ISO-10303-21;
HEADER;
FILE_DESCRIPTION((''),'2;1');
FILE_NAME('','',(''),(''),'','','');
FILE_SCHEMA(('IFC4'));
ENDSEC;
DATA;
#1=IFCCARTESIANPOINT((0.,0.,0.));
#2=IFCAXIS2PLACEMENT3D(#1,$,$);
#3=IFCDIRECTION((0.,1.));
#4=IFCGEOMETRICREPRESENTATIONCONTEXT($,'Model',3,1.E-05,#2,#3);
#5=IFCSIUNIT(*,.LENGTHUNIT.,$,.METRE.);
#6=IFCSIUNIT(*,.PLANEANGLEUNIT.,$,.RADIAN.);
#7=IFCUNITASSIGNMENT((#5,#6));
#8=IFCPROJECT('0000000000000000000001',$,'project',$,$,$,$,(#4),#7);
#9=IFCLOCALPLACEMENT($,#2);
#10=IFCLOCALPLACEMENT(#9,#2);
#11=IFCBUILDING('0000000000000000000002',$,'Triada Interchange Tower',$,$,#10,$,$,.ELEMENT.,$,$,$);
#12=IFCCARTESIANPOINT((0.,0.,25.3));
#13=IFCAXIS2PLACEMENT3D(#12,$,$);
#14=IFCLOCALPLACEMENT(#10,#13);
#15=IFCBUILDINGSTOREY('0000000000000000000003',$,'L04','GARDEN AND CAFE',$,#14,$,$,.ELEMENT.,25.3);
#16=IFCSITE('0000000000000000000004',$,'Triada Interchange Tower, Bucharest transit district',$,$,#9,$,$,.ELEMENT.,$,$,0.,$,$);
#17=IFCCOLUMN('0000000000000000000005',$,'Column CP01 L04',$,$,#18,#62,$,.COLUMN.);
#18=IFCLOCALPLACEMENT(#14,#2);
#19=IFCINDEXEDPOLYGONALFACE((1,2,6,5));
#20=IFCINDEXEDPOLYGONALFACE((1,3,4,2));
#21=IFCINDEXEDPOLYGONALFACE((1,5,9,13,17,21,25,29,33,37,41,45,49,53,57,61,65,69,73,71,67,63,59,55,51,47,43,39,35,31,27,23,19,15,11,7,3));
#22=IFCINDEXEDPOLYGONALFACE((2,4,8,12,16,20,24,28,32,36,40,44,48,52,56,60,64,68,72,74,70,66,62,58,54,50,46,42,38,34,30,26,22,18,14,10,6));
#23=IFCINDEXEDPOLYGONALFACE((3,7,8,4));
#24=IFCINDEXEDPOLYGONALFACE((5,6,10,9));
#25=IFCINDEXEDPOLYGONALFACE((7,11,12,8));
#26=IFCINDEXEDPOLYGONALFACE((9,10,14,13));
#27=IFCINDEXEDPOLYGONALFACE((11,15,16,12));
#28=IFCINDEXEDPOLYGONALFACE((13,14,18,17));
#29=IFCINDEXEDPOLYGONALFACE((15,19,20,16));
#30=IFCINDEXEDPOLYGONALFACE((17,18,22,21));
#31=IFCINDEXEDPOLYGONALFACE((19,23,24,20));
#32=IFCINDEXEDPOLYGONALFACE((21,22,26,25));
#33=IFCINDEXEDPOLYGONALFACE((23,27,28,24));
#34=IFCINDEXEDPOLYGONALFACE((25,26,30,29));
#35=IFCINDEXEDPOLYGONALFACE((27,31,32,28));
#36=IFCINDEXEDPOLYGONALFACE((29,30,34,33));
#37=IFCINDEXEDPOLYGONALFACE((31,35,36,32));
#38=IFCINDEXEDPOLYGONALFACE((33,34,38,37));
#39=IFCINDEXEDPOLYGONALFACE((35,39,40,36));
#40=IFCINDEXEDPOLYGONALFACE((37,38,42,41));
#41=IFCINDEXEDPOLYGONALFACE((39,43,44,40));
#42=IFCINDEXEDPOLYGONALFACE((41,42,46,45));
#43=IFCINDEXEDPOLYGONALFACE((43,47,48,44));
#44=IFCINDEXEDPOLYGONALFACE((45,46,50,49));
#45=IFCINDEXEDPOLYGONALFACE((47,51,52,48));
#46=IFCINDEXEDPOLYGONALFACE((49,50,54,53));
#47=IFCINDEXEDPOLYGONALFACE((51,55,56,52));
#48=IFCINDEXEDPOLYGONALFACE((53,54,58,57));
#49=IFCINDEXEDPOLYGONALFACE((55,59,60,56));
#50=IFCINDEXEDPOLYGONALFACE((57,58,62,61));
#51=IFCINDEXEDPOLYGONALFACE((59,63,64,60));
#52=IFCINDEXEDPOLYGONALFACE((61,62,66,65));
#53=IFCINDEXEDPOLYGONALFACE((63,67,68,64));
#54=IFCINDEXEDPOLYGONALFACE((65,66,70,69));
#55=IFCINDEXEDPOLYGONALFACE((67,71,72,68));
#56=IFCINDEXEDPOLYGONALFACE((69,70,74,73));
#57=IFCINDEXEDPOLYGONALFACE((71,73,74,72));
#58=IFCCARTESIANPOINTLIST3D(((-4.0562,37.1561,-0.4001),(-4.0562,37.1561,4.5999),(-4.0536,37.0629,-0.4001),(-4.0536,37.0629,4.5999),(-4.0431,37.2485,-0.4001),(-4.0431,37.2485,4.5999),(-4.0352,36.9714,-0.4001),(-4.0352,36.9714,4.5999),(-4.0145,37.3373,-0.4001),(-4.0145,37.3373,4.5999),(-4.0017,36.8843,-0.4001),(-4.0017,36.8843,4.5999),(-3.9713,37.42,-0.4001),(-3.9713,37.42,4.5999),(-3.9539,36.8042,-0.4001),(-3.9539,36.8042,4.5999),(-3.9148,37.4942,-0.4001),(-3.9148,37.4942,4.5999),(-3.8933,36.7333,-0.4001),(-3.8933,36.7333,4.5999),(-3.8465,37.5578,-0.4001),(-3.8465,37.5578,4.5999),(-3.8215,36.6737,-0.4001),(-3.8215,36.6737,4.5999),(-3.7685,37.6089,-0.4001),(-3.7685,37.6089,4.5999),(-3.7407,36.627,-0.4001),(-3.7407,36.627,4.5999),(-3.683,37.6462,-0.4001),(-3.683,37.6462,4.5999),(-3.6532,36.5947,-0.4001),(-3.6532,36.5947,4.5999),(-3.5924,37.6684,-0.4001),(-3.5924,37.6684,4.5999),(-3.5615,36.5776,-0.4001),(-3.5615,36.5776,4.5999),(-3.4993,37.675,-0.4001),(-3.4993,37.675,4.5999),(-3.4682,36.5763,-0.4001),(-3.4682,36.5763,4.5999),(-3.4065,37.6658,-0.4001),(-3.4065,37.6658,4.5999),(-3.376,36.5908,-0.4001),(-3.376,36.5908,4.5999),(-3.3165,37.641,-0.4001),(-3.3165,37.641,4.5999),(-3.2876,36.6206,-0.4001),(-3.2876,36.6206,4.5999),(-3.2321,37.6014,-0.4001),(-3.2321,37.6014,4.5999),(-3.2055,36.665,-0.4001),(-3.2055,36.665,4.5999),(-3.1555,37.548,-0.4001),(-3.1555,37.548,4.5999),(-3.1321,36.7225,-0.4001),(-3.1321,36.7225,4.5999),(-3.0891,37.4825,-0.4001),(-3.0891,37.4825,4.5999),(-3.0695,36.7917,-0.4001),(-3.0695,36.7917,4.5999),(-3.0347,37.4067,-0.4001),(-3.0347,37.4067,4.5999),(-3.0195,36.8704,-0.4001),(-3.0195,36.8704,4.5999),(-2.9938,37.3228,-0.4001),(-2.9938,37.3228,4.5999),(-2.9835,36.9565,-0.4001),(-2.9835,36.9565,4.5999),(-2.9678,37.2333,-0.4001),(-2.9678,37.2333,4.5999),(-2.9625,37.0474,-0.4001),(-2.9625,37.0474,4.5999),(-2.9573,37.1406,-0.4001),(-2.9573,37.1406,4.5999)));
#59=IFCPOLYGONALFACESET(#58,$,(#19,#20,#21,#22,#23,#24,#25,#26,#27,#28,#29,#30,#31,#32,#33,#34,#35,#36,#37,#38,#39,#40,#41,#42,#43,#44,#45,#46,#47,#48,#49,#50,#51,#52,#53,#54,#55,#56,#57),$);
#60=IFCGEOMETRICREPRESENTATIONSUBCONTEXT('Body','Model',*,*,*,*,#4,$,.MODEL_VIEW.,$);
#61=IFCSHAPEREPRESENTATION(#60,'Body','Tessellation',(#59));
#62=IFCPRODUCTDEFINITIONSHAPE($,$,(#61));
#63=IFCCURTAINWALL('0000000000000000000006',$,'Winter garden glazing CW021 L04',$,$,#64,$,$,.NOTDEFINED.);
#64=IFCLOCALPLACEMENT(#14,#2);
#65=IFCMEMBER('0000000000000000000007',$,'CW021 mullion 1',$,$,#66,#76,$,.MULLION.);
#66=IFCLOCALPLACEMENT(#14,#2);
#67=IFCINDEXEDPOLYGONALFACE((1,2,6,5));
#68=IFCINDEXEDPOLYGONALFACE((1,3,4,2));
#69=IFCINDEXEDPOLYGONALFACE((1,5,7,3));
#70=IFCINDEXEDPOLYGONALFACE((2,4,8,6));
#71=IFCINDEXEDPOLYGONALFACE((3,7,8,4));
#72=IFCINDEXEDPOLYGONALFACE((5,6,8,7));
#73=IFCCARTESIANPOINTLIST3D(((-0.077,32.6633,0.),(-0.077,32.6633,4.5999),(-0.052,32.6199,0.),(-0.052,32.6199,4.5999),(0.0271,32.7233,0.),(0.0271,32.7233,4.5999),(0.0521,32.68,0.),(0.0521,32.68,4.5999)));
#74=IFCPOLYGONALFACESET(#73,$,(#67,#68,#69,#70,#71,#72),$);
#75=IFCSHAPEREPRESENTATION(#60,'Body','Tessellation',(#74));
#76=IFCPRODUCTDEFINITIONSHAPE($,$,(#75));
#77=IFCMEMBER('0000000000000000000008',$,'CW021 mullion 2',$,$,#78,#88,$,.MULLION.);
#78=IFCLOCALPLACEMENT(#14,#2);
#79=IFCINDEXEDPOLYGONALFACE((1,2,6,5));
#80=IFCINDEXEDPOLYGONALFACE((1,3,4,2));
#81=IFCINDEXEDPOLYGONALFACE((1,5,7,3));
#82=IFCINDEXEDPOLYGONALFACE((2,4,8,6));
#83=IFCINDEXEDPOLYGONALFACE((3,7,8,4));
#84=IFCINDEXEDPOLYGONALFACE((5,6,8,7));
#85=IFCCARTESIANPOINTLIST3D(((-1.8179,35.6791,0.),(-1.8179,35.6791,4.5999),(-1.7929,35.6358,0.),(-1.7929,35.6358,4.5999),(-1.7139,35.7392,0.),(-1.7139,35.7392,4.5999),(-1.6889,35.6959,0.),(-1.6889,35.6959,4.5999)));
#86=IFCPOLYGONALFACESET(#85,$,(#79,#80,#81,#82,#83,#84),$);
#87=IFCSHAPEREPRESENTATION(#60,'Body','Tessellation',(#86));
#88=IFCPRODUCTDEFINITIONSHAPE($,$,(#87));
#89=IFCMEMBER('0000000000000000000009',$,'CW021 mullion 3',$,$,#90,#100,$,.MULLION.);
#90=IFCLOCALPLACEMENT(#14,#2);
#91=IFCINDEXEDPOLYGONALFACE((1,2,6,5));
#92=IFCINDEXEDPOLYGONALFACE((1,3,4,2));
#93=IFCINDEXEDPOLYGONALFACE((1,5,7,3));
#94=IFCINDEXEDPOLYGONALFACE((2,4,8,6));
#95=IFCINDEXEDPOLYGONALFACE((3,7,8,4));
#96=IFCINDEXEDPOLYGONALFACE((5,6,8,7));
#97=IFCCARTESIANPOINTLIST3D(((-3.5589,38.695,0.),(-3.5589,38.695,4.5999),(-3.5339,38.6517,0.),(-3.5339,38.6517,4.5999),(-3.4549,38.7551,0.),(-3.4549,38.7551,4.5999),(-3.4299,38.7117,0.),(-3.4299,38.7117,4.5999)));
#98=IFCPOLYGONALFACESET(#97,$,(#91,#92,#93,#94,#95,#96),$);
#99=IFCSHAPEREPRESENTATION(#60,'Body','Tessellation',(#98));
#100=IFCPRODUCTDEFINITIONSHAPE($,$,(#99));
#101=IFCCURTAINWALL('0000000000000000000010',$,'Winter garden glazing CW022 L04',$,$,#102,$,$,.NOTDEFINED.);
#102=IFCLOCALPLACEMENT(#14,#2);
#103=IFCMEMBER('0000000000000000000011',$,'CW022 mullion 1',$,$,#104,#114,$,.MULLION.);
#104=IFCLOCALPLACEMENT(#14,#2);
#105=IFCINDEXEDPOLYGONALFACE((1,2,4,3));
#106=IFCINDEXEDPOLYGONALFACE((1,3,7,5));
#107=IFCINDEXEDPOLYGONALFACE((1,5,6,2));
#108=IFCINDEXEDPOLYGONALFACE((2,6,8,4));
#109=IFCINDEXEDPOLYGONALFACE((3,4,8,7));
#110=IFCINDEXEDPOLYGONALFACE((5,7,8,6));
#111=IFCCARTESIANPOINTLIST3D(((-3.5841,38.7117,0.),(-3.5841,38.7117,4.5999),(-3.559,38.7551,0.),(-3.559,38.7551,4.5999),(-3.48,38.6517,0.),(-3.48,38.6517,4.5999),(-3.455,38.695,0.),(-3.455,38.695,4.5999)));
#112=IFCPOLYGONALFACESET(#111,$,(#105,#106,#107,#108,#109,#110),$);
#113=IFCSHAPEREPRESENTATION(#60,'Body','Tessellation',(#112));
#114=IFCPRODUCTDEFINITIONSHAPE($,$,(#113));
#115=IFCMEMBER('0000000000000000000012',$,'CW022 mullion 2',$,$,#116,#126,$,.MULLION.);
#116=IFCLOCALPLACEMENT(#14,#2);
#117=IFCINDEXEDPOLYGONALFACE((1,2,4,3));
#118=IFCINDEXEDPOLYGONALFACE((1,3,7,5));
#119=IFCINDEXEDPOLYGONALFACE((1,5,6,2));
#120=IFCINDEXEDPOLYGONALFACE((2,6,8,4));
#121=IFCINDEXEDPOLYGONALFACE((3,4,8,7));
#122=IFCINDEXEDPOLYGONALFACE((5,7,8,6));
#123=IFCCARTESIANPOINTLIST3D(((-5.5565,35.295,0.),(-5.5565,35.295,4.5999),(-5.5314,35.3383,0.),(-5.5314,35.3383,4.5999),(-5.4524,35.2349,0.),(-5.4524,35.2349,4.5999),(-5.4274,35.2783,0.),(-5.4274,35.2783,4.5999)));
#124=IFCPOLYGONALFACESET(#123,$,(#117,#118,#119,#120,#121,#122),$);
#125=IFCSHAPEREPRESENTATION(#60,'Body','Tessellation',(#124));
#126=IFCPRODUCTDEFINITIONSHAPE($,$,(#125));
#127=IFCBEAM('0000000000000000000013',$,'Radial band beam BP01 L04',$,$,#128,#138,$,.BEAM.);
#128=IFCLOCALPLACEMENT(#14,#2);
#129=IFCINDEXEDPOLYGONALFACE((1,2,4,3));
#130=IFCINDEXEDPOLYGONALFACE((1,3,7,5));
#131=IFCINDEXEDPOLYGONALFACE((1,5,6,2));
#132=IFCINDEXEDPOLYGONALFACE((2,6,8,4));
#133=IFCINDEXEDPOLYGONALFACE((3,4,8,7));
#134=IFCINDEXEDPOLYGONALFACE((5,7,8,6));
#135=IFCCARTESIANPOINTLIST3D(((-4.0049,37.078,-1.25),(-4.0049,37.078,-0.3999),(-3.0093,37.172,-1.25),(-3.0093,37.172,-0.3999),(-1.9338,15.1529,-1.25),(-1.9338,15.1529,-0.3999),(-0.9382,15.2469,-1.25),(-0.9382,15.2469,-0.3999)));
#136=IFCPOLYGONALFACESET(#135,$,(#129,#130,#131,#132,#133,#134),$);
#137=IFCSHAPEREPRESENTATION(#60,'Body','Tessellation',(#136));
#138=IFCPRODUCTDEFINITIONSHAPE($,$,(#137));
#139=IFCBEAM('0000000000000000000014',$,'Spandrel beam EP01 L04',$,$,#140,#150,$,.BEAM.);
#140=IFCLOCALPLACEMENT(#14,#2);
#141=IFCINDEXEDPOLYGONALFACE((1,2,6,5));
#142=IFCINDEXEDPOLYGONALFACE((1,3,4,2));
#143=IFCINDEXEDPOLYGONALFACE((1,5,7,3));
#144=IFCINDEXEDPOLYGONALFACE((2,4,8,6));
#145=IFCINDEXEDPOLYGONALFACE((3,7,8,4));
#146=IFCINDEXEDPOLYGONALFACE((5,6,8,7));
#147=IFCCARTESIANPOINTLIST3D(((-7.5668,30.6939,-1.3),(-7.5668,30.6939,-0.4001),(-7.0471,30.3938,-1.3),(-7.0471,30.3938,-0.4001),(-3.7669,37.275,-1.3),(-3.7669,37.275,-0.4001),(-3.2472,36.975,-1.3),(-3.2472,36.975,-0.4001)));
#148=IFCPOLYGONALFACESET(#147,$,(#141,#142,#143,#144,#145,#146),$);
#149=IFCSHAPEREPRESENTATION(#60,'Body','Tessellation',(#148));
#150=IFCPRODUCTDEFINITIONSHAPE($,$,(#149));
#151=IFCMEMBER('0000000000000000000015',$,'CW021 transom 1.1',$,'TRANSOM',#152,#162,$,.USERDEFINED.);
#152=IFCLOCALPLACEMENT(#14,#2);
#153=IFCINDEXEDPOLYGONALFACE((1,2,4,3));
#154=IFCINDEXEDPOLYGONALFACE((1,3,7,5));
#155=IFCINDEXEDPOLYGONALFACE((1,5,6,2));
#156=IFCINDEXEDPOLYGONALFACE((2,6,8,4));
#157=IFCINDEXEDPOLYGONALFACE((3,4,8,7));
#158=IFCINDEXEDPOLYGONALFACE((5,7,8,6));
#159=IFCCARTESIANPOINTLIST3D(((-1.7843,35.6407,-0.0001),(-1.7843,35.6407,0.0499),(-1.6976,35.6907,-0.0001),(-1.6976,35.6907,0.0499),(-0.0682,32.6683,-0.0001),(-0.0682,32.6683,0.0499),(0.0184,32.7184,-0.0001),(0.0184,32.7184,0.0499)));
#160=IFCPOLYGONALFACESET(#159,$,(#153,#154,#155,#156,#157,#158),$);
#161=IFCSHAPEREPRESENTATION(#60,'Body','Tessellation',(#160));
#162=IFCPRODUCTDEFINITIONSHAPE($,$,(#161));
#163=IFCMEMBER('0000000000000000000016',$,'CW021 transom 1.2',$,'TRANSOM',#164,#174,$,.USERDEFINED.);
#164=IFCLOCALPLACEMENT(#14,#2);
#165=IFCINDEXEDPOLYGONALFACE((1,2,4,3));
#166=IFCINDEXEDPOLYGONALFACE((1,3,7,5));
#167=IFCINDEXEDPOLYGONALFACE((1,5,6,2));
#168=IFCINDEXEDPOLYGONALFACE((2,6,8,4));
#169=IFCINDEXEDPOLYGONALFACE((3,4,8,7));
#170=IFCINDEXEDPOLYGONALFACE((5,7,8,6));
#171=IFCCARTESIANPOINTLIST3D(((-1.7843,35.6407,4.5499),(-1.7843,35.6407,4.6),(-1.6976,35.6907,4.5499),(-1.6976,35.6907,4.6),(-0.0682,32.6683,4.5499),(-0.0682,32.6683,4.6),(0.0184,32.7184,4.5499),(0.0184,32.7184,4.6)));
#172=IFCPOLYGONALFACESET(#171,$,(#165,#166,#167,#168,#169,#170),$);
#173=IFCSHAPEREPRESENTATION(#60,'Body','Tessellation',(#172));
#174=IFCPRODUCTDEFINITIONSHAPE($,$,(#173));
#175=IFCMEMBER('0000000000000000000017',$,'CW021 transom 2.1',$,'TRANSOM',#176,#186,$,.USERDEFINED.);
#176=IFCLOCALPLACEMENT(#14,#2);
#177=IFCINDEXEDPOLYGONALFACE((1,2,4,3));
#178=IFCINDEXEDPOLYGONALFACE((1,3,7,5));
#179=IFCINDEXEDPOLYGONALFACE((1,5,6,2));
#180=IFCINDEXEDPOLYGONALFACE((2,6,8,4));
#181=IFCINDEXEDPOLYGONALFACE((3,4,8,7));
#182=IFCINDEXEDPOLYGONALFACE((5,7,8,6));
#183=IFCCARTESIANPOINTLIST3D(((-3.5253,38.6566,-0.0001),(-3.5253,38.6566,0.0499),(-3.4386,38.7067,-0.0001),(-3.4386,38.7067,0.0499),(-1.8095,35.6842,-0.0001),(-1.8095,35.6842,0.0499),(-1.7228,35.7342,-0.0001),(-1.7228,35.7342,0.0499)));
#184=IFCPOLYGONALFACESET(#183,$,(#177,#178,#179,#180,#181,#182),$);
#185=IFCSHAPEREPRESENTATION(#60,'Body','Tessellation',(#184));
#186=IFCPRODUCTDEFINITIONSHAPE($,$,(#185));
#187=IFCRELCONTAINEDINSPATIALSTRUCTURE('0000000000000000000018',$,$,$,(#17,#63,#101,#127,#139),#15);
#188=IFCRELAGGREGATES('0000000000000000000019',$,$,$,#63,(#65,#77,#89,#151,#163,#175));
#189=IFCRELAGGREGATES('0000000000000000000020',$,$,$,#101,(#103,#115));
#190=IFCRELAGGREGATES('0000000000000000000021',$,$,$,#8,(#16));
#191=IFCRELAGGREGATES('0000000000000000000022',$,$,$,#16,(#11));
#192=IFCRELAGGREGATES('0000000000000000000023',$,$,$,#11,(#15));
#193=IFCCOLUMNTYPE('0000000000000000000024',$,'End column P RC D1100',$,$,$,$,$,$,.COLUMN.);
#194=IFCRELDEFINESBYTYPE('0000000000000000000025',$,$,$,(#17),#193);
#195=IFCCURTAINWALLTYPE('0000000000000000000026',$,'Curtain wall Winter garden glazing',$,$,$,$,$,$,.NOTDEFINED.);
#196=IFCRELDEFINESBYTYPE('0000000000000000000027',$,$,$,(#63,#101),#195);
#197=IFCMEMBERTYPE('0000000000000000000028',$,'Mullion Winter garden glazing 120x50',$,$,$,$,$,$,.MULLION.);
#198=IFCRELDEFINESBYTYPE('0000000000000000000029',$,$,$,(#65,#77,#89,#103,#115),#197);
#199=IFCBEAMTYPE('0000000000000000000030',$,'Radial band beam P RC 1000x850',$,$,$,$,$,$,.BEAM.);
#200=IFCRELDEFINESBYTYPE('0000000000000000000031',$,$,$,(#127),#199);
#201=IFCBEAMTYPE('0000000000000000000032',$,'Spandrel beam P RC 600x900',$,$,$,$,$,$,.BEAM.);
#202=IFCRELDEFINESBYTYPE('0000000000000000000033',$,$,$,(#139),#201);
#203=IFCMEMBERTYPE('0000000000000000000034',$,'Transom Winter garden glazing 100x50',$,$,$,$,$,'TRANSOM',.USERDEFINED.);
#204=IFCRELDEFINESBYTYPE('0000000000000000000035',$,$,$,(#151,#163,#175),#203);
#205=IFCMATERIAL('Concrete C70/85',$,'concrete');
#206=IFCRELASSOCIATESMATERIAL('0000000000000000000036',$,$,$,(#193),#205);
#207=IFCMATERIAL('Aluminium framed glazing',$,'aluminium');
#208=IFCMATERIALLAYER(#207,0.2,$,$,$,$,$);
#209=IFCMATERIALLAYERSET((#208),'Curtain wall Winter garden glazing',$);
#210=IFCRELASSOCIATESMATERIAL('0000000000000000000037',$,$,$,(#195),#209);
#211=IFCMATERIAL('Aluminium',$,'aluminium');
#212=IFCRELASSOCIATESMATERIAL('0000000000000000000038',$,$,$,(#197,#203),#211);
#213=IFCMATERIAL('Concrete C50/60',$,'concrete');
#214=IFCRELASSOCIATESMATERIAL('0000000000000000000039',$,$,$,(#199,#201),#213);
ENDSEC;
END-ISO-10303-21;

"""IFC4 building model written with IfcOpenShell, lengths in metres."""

from ifc_helpers import new_model, si_unit, direction, frame, origin, origin_2d, place, context, subcontext, project, spatial, rectangle, circle, extrude, material, layer, layer_set, material_profile, profile_set, type_object, element, aggregate, save


model = new_model("IFC4")

# Units and contexts
model_context = context("Model", 3, precision=1e-05, world=origin(), true_north=direction((0.0, 1.0)))
body_context = subcontext(model_context, "Body", "Model", "MODEL_VIEW")
ifc_project = project(units=[si_unit("LENGTHUNIT", "METRE"), si_unit("PLANEANGLEUNIT", "RADIAN")], contexts=[model_context])

# Site, building, storey
site_placement = place(None, origin())
site = spatial("IfcSite", under=ifc_project, at=site_placement, Name="Triada Interchange Tower, Bucharest transit district", CompositionType="ELEMENT", RefElevation=0.0)
building_placement = place(site_placement, origin())
building = spatial("IfcBuilding", under=site, at=building_placement, Name="Triada Interchange Tower", CompositionType="ELEMENT")
storey_placement = place(building_placement, frame((0.0, 0.0, 25.3)))
storey = spatial("IfcBuildingStorey", under=building, at=storey_placement, Name="L04", Description="GARDEN AND CAFE", CompositionType="ELEMENT", Elevation=25.3)

# Column
ifc_material_1 = material(Name="Concrete C70/85", Category="concrete")
ifc_material_profile_1 = material_profile(ifc_material_1, circle(Radius=0.55, at=origin_2d()), Name="RC D1100")
ifc_profile_set_1 = profile_set([ifc_material_profile_1], Name="Concrete C70/85")
column_type = type_object("IfcColumnType", Name="End column P RC D1100", PredefinedType="COLUMN", material=ifc_profile_set_1)
column_placement = place(storey_placement, frame((-3.5071, 37.125, -0.4001), z_axis=(0.0, 0.0, 1.0), x_axis=(0.5, 0.866025, 0.0)))
element("IfcColumn", 1, at=column_placement, inside=storey, type_object=column_type, Name="Column CP01 L04", PredefinedType="COLUMN", context=body_context, shape_type="SweptSolid", body=[
    extrude(circle(Radius=0.55, at=origin_2d()), origin(), (0.0, 0.0, 1.0), 5.0),
])

# Curtain walls, members
ifc_material_2 = material(Name="Aluminium framed glazing", Category="aluminium")
ifc_layer_1 = layer(ifc_material_2, 0.2)
ifc_layer_set_1 = layer_set([ifc_layer_1], Name="Curtain wall Winter garden glazing")
curtain_wall_type = type_object("IfcCurtainWallType", Name="Curtain wall Winter garden glazing", PredefinedType="NOTDEFINED", material=ifc_layer_set_1)
curtain_wall_1_placement = place(storey_placement, origin())
curtain_wall_1 = element("IfcCurtainWall", 2, at=curtain_wall_1_placement, inside=storey, type_object=curtain_wall_type, Name="Winter garden glazing CW021 L04", PredefinedType="NOTDEFINED")
ifc_material_3 = material(Name="Aluminium", Category="aluminium")
ifc_material_profile_2 = material_profile(ifc_material_3, rectangle(XDim=0.1201, YDim=0.05, at=origin_2d()), Name="Aluminium mullion")
ifc_profile_set_2 = profile_set([ifc_material_profile_2], Name="Aluminium")
member_type_1 = type_object("IfcMemberType", Name="Mullion Winter garden glazing 120x50", PredefinedType="MULLION", material=ifc_profile_set_2)
member_1_placement = place(storey_placement, frame((-0.0125, 32.6716, 0.0), z_axis=(0.0, 0.0, 1.0), x_axis=(-0.86605, -0.499957, 0.0)))
member_1 = element("IfcMember", 3, at=member_1_placement, type_object=member_type_1, Name="CW021 mullion 1", PredefinedType="MULLION", context=body_context, shape_type="SweptSolid", body=[
    extrude(rectangle(XDim=0.1201, YDim=0.05, at=origin_2d()), origin(), (0.0, 0.0, 1.0), 4.5999),
])
member_2_placement = place(storey_placement, frame((-1.7534, 35.6875, 0.0), z_axis=(0.0, 0.0, 1.0), x_axis=(-0.86605, -0.499957, 0.0)))
member_2 = element("IfcMember", 4, at=member_2_placement, type_object=member_type_1, Name="CW021 mullion 2", PredefinedType="MULLION", context=body_context, shape_type="SweptSolid", body=[
    extrude(rectangle(XDim=0.1201, YDim=0.05, at=origin_2d()), origin(), (0.0, 0.0, 1.0), 4.5999),
])
member_3_placement = place(storey_placement, frame((-3.4944, 38.7034, 0.0), z_axis=(0.0, 0.0, 1.0), x_axis=(-0.86605, -0.499957, 0.0)))
member_3 = element("IfcMember", 5, at=member_3_placement, type_object=member_type_1, Name="CW021 mullion 3", PredefinedType="MULLION", context=body_context, shape_type="SweptSolid", body=[
    extrude(rectangle(XDim=0.1201, YDim=0.05, at=origin_2d()), origin(), (0.0, 0.0, 1.0), 4.5999),
])
curtain_wall_2_placement = place(storey_placement, origin())
curtain_wall_2 = element("IfcCurtainWall", 6, at=curtain_wall_2_placement, inside=storey, type_object=curtain_wall_type, Name="Winter garden glazing CW022 L04", PredefinedType="NOTDEFINED")
member_4_placement = place(storey_placement, frame((-3.5195, 38.7034, 0.0), z_axis=(0.0, 0.0, 1.0), x_axis=(0.866049, -0.499959, 0.0)))
member_4 = element("IfcMember", 7, at=member_4_placement, type_object=member_type_1, Name="CW022 mullion 1", PredefinedType="MULLION", context=body_context, shape_type="SweptSolid", body=[
    extrude(rectangle(XDim=0.1201, YDim=0.05, at=origin_2d()), origin(), (0.0, 0.0, 1.0), 4.5999),
])
member_5_placement = place(storey_placement, frame((-5.4919, 35.2866, 0.0), z_axis=(0.0, 0.0, 1.0), x_axis=(0.866049, -0.499959, 0.0)))
member_5 = element("IfcMember", 8, at=member_5_placement, type_object=member_type_1, Name="CW022 mullion 2", PredefinedType="MULLION", context=body_context, shape_type="SweptSolid", body=[
    extrude(rectangle(XDim=0.1201, YDim=0.05, at=origin_2d()), origin(), (0.0, 0.0, 1.0), 4.5999),
])

# Beams
ifc_material_4 = material(Name="Concrete C50/60", Category="concrete")
ifc_material_profile_3 = material_profile(ifc_material_4, rectangle(XDim=1.0, YDim=0.8501, at=origin_2d()), Name="RC 1000x850")
ifc_profile_set_3 = profile_set([ifc_material_profile_3], Name="Concrete C50/60")
beam_type_1 = type_object("IfcBeamType", Name="Radial band beam P RC 1000x850", PredefinedType="BEAM", material=ifc_profile_set_3)
beam_1_placement = place(storey_placement, frame((-3.5071, 37.125, -0.825), z_axis=(0.094042, -0.995568, 0.0), x_axis=(0.995568, 0.094042, 0.0)))
element("IfcBeam", 9, at=beam_1_placement, inside=storey, type_object=beam_type_1, Name="Radial band beam BP01 L04", PredefinedType="BEAM", context=body_context, shape_type="SweptSolid", body=[
    extrude(rectangle(XDim=1.0, YDim=0.8501, at=origin_2d()), origin(), (0.0, 0.0, 1.0), 22.0227),
])
ifc_material_profile_4 = material_profile(ifc_material_4, rectangle(XDim=0.6001, YDim=0.8999, at=origin_2d()), Name="RC 600x900")
ifc_profile_set_4 = profile_set([ifc_material_profile_4], Name="Concrete C50/60")
beam_type_2 = type_object("IfcBeamType", Name="Spandrel beam P RC 600x900", PredefinedType="BEAM", material=ifc_profile_set_4)
beam_2_placement = place(storey_placement, frame((-3.5071, 37.125, -0.8501), z_axis=(-0.500023, -0.866012, 0.0), x_axis=(0.866012, -0.500023, 0.0)))
element("IfcBeam", 10, at=beam_2_placement, inside=storey, type_object=beam_type_2, Name="Spandrel beam EP01 L04", PredefinedType="BEAM", context=body_context, shape_type="SweptSolid", body=[
    extrude(rectangle(XDim=0.6001, YDim=0.8999, at=origin_2d()), origin(), (0.0, 0.0, 1.0), 7.5994),
])

# Members
ifc_material_profile_5 = material_profile(ifc_material_3, rectangle(XDim=0.1001, YDim=0.05, at=origin_2d()), Name="Aluminium transom")
ifc_profile_set_5 = profile_set([ifc_material_profile_5], Name="Aluminium")
member_type_2 = type_object("IfcMemberType", Name="Transom Winter garden glazing 100x50", ElementType="TRANSOM", PredefinedType="USERDEFINED", material=ifc_profile_set_5)
member_6_placement = place(storey_placement, frame((-0.0249, 32.6934, 0.0249), z_axis=(-0.499987, 0.866033, 0.0), x_axis=(-0.866033, -0.499987, 0.0)))
member_6 = element("IfcMember", 11, at=member_6_placement, type_object=member_type_2, Name="CW021 transom 1.1", ObjectType="TRANSOM", PredefinedType="USERDEFINED", context=body_context, shape_type="SweptSolid", body=[
    extrude(rectangle(XDim=0.1001, YDim=0.05, at=origin_2d()), origin(), (0.0, 0.0, 1.0), 3.4321),
])
member_7_placement = place(storey_placement, frame((-0.0249, 32.6934, 4.575), z_axis=(-0.499987, 0.866033, 0.0), x_axis=(-0.866033, -0.499987, 0.0)))
member_7 = element("IfcMember", 12, at=member_7_placement, type_object=member_type_2, Name="CW021 transom 1.2", ObjectType="TRANSOM", PredefinedType="USERDEFINED", context=body_context, shape_type="SweptSolid", body=[
    extrude(rectangle(XDim=0.1001, YDim=0.05, at=origin_2d()), origin(), (0.0, 0.0, 1.0), 3.4321),
])
member_8_placement = place(storey_placement, frame((-1.7661, 35.7092, 0.0249), z_axis=(-0.499934, 0.866064, 0.0), x_axis=(-0.866064, -0.499934, 0.0)))
member_8 = element("IfcMember", 13, at=member_8_placement, type_object=member_type_2, Name="CW021 transom 2.1", ObjectType="TRANSOM", PredefinedType="USERDEFINED", context=body_context, shape_type="SweptSolid", body=[
    extrude(rectangle(XDim=0.1001, YDim=0.05, at=origin_2d()), origin(), (0.0, 0.0, 1.0), 3.4321),
])

aggregate(curtain_wall_1, [member_1, member_2, member_3, member_6, member_7, member_8])
aggregate(curtain_wall_2, [member_4, member_5])

save(model, "model.ifc")
